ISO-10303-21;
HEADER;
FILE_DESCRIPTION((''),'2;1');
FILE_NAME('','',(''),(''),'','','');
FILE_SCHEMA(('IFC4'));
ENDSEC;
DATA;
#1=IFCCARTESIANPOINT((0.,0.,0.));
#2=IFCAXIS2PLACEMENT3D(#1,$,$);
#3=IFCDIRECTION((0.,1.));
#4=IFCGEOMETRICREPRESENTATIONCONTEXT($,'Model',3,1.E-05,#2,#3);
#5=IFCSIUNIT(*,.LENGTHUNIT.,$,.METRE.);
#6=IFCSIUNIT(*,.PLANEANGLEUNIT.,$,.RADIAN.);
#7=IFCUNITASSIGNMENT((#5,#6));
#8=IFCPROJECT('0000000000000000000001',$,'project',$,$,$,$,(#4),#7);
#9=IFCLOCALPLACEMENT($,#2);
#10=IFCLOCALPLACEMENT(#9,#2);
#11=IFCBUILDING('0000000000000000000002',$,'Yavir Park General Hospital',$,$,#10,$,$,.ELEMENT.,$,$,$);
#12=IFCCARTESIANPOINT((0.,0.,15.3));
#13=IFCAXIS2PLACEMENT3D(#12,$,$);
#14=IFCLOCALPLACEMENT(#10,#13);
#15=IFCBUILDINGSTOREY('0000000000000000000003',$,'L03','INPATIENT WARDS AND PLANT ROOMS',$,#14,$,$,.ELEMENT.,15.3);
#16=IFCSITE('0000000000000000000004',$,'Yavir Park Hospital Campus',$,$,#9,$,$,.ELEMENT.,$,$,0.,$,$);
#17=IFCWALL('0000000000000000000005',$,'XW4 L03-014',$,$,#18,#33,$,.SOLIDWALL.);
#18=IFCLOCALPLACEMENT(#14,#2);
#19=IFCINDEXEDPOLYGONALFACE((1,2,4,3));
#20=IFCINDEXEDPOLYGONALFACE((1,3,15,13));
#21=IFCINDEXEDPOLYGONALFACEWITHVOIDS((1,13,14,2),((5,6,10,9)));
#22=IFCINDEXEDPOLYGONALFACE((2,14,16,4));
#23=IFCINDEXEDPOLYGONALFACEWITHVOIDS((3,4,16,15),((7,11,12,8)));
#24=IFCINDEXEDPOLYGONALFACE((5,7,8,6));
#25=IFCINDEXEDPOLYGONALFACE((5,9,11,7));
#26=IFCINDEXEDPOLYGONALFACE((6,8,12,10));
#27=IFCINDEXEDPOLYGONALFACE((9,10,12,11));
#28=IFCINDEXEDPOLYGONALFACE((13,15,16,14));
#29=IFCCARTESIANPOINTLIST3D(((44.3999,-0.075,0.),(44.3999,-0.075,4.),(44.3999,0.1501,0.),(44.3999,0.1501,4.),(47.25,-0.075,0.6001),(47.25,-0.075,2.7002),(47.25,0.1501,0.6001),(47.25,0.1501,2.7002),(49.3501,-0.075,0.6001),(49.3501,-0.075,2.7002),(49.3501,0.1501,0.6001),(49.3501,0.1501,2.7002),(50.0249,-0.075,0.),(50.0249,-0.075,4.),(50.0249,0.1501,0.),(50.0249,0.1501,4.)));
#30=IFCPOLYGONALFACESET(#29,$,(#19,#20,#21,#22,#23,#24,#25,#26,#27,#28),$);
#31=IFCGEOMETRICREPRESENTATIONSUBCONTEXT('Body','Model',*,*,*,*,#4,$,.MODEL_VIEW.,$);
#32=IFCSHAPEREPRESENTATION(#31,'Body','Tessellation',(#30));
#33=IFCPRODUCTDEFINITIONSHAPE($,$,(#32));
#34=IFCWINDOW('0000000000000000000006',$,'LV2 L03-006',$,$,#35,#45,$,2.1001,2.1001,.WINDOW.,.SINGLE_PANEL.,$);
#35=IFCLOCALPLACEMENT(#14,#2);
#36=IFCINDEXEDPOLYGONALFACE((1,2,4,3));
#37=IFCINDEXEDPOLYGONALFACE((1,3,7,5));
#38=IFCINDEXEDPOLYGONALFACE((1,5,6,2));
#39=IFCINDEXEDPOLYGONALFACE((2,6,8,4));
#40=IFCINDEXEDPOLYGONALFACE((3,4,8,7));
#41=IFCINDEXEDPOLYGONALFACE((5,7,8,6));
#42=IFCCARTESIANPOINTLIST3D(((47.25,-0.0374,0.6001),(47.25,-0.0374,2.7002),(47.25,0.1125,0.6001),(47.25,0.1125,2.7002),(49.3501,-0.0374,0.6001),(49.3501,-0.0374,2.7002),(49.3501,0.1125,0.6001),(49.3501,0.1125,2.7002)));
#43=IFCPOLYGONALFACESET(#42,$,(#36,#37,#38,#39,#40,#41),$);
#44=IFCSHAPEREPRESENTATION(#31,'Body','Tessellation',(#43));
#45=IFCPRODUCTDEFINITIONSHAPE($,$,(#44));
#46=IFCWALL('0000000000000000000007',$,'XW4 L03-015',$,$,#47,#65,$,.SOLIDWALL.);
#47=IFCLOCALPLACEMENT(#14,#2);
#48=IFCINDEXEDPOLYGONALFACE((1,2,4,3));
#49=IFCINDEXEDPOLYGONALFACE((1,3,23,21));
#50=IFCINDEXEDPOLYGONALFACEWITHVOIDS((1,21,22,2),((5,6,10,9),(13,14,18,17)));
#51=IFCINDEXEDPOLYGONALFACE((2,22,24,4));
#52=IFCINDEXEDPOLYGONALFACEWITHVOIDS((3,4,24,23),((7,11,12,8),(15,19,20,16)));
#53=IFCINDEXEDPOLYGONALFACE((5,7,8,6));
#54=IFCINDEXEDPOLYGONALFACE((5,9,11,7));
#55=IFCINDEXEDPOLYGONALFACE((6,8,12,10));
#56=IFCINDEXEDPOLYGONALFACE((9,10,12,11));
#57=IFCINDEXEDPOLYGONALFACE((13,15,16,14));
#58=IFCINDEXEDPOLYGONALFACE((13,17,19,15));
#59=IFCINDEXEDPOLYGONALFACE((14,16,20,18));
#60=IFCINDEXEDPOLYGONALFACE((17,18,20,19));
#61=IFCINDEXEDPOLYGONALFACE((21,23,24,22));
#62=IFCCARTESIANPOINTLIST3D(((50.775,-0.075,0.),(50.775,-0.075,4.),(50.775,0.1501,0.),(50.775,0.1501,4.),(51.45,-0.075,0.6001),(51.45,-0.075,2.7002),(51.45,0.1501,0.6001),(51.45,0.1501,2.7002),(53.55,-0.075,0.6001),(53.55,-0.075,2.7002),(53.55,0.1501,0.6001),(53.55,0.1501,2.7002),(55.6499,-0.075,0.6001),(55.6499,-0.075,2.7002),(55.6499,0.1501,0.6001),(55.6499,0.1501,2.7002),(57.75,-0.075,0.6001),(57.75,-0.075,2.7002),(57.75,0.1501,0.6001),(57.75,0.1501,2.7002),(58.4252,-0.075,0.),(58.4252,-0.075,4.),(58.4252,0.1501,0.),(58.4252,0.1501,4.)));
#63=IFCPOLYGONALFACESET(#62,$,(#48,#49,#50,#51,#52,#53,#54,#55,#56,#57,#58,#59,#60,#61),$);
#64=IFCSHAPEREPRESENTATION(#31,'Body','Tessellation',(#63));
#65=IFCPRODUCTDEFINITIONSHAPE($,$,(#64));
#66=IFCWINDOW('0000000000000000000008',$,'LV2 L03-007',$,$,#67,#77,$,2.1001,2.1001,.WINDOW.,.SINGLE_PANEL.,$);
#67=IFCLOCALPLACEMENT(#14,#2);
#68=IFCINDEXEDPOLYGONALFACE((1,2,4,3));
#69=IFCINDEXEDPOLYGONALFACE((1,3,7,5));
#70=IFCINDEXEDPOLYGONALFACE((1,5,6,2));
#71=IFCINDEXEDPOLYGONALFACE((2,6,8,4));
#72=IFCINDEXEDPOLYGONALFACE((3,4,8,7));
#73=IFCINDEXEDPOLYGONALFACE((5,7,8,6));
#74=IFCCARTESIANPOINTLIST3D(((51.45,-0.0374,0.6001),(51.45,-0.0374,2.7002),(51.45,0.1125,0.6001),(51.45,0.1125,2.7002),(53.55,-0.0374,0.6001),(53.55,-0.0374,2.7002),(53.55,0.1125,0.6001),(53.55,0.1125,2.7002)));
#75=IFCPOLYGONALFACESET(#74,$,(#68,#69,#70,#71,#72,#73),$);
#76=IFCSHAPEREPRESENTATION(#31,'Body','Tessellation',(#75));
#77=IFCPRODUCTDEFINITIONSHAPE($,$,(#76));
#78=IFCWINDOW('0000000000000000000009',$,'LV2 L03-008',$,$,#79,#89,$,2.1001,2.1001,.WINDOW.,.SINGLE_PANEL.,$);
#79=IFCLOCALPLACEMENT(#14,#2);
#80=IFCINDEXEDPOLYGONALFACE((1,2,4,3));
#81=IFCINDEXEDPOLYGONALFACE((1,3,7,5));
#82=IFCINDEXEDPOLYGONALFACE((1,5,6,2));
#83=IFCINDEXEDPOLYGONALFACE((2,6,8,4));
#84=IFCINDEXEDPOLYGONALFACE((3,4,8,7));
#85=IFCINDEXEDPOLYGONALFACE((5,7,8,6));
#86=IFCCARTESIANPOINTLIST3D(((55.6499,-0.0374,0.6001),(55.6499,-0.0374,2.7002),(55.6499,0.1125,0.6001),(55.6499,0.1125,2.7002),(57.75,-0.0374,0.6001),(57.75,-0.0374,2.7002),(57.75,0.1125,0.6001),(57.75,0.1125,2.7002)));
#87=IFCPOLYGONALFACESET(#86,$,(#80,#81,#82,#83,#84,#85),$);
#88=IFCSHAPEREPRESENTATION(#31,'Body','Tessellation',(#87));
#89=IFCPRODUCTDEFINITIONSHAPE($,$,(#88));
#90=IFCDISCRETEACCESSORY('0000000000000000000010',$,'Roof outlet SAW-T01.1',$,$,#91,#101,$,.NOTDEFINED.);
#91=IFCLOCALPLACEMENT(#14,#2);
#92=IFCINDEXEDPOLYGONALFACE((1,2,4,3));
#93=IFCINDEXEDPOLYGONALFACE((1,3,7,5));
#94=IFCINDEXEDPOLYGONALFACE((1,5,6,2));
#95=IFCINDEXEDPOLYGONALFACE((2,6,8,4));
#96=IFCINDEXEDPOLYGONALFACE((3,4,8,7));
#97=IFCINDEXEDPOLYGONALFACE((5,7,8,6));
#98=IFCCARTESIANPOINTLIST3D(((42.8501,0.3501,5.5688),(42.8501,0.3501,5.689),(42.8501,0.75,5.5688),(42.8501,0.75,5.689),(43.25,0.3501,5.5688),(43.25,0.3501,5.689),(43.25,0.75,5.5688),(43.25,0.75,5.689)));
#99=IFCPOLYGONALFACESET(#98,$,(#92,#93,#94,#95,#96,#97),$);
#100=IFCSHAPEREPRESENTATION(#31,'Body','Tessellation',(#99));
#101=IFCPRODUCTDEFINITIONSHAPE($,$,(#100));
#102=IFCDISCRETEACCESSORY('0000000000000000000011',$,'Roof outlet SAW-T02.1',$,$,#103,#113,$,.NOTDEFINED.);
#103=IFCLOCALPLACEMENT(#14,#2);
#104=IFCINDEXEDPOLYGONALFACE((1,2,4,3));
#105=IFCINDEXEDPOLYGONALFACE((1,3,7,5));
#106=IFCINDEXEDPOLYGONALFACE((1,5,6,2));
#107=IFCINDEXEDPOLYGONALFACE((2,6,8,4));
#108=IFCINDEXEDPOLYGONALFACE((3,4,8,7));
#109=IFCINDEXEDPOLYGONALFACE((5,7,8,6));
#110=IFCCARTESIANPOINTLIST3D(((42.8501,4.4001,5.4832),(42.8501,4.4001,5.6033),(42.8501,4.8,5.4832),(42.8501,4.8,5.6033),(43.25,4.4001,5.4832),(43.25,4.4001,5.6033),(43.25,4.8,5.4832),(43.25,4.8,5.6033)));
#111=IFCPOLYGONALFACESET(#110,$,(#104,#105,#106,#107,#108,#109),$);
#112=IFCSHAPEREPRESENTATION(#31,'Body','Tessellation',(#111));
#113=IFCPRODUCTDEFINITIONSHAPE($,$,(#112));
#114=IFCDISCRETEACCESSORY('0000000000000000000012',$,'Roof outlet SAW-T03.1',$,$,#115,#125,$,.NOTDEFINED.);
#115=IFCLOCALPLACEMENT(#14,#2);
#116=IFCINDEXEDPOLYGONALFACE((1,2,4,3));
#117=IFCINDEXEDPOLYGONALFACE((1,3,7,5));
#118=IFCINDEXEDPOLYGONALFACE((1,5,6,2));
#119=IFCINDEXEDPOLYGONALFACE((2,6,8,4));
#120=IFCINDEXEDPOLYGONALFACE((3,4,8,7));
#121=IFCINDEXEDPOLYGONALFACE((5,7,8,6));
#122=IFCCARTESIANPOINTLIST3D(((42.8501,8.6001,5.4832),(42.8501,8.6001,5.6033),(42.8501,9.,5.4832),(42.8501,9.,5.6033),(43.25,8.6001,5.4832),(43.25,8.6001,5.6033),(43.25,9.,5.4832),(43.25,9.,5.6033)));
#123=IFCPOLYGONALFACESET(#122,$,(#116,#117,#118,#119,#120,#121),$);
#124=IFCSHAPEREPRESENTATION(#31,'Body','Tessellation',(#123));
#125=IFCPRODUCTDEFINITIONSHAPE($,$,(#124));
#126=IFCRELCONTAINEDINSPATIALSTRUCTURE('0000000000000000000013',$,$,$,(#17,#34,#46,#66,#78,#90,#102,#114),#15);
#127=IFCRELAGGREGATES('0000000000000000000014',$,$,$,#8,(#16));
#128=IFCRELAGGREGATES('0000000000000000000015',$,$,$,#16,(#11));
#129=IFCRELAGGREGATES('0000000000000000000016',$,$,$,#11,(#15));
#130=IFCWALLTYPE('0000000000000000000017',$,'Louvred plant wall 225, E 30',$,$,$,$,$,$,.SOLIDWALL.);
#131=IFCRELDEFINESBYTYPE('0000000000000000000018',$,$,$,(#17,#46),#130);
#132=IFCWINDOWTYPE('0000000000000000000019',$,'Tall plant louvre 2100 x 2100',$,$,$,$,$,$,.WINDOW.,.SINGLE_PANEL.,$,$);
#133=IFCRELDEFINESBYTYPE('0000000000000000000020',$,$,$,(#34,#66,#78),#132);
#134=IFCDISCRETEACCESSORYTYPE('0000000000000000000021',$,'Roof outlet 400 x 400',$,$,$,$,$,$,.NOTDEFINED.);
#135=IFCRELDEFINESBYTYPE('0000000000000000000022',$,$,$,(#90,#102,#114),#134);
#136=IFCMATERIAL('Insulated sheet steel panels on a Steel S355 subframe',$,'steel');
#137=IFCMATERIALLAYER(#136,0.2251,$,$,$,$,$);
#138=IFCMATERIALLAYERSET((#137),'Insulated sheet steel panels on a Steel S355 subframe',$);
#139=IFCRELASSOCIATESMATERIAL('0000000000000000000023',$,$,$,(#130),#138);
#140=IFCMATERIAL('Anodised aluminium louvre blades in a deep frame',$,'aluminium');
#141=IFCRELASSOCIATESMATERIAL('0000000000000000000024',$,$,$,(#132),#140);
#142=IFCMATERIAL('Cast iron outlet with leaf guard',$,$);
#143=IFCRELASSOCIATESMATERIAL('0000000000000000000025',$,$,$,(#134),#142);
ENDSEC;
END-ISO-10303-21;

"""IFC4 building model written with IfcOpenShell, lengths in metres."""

from ifc_helpers import new_model, si_unit, direction, frame, frame_2d, origin, origin_2d, place, context, subcontext, project, spatial, rectangle, extrude, material, layer, layer_set, type_object, element, fill, save


model = new_model("IFC4")

# Units and contexts
model_context = context("Model", 3, precision=1e-05, world=origin(), true_north=direction((0.0, 1.0)))
body_context = subcontext(model_context, "Body", "Model", "MODEL_VIEW")
ifc_project = project(units=[si_unit("LENGTHUNIT", "METRE"), si_unit("PLANEANGLEUNIT", "RADIAN")], contexts=[model_context])

# Site, building, storey
site_placement = place(None, origin())
site = spatial("IfcSite", under=ifc_project, at=site_placement, Name="Yavir Park Hospital Campus", CompositionType="ELEMENT", RefElevation=0.0)
building_placement = place(site_placement, origin())
building = spatial("IfcBuilding", under=site, at=building_placement, Name="Yavir Park General Hospital", CompositionType="ELEMENT")
storey_placement = place(building_placement, frame((0.0, 0.0, 15.3)))
storey = spatial("IfcBuildingStorey", under=building, at=storey_placement, Name="L03", Description="INPATIENT WARDS AND PLANT ROOMS", CompositionType="ELEMENT", Elevation=15.3)

# Wall, opening, window
ifc_material_1 = material(Name="Insulated sheet steel panels on a Steel S355 subframe", Category="steel")
ifc_layer_1 = layer(ifc_material_1, 0.2251)
ifc_layer_set_1 = layer_set([ifc_layer_1], Name="Insulated sheet steel panels on a Steel S355 subframe")
wall_type_1 = type_object("IfcWallType", Name="Louvred plant wall 225, E 30", PredefinedType="SOLIDWALL", material=ifc_layer_set_1)
wall_1_placement = place(storey_placement, frame((44.3999, 0.0376, 0.0), z_axis=(0.0, 0.0, 1.0), x_axis=(1.0, 0.0, 0.0)))
wall_1 = element("IfcWall", 1, at=wall_1_placement, inside=storey, type_object=wall_type_1, Name="XW4 L03-014", PredefinedType="SOLIDWALL", context=body_context, shape_type="SweptSolid", body=[
    extrude(rectangle(XDim=5.625, YDim=0.2251, at=frame_2d((2.8125, 0.0))), origin(), (0.0, 0.0, 1.0), 4.0),
])
opening_1_placement = place(wall_1_placement, frame((2.8501, 0.0, 0.6001)))
opening_1 = element("IfcOpeningElement", 2, at=opening_1_placement, cuts=wall_1, PredefinedType="OPENING", context=body_context, shape_type="SweptSolid", body=[
    extrude(rectangle(XDim=2.1001, YDim=2.1001, at=frame_2d((1.05, 1.05))), frame((0.0, 0.1226, 0.0), z_axis=(0.0, -1.0, 0.0), x_axis=(1.0, 0.0, 0.0)), (0.0, 0.0, 1.0), 0.2451),
])
ifc_material_2 = material(Name="Anodised aluminium louvre blades in a deep frame", Category="aluminium")
window_type = type_object("IfcWindowType", Name="Tall plant louvre 2100 x 2100", PartitioningType="SINGLE_PANEL", PredefinedType="WINDOW", material=ifc_material_2)
window_1_placement = place(opening_1_placement, origin())
window_1 = element("IfcWindow", 3, at=window_1_placement, inside=storey, type_object=window_type, Name="LV2 L03-006", OverallHeight=2.1001, OverallWidth=2.1001, PartitioningType="SINGLE_PANEL", PredefinedType="WINDOW", context=body_context, shape_type="SweptSolid", body=[
    extrude(rectangle(XDim=2.1001, YDim=2.1001, at=frame_2d((1.05, 1.05))), frame((0.0, 0.075, 0.0), z_axis=(0.0, -1.0, 0.0), x_axis=(1.0, 0.0, 0.0)), (0.0, 0.0, 1.0), 0.1499),
])
fill(opening_1, window_1)

# Wall, openings, windows
wall_2_placement = place(storey_placement, frame((50.7749, 0.0376, 0.0), z_axis=(0.0, 0.0, 1.0), x_axis=(1.0, 0.0, 0.0)))
wall_2 = element("IfcWall", 4, at=wall_2_placement, inside=storey, type_object=wall_type_1, Name="XW4 L03-015", PredefinedType="SOLIDWALL", context=body_context, shape_type="SweptSolid", body=[
    extrude(rectangle(XDim=7.6501, YDim=0.2251, at=frame_2d((3.8252, 0.0))), origin(), (0.0, 0.0, 1.0), 4.0),
])
opening_2_placement = place(wall_2_placement, frame((0.675, 0.0, 0.6001)))
opening_2 = element("IfcOpeningElement", 5, at=opening_2_placement, cuts=wall_2, PredefinedType="OPENING", context=body_context, shape_type="SweptSolid", body=[
    extrude(rectangle(XDim=2.1001, YDim=2.1001, at=frame_2d((1.05, 1.05))), frame((0.0, 0.1226, 0.0), z_axis=(0.0, -1.0, 0.0), x_axis=(1.0, 0.0, 0.0)), (0.0, 0.0, 1.0), 0.2451),
])
opening_3_placement = place(wall_2_placement, frame((4.875, 0.0, 0.6001)))
opening_3 = element("IfcOpeningElement", 6, at=opening_3_placement, cuts=wall_2, PredefinedType="OPENING", context=body_context, shape_type="SweptSolid", body=[
    extrude(rectangle(XDim=2.1001, YDim=2.1001, at=frame_2d((1.05, 1.05))), frame((0.0, 0.1226, 0.0), z_axis=(0.0, -1.0, 0.0), x_axis=(1.0, 0.0, 0.0)), (0.0, 0.0, 1.0), 0.2451),
])
window_2_placement = place(opening_2_placement, origin())
window_2 = element("IfcWindow", 7, at=window_2_placement, inside=storey, type_object=window_type, Name="LV2 L03-007", OverallHeight=2.1001, OverallWidth=2.1001, PartitioningType="SINGLE_PANEL", PredefinedType="WINDOW", context=body_context, shape_type="SweptSolid", body=[
    extrude(rectangle(XDim=2.1001, YDim=2.1001, at=frame_2d((1.05, 1.05))), frame((0.0, 0.075, 0.0), z_axis=(0.0, -1.0, 0.0), x_axis=(1.0, 0.0, 0.0)), (0.0, 0.0, 1.0), 0.1499),
])
fill(opening_2, window_2)
window_3_placement = place(opening_3_placement, origin())
window_3 = element("IfcWindow", 8, at=window_3_placement, inside=storey, type_object=window_type, Name="LV2 L03-008", OverallHeight=2.1001, OverallWidth=2.1001, PartitioningType="SINGLE_PANEL", PredefinedType="WINDOW", context=body_context, shape_type="SweptSolid", body=[
    extrude(rectangle(XDim=2.1001, YDim=2.1001, at=frame_2d((1.05, 1.05))), frame((0.0, 0.075, 0.0), z_axis=(0.0, -1.0, 0.0), x_axis=(1.0, 0.0, 0.0)), (0.0, 0.0, 1.0), 0.1499),
])
fill(opening_3, window_3)

# Discrete accessories
ifc_material_3 = material(Name="Cast iron outlet with leaf guard")
discrete_accessory_type_1 = type_object("IfcDiscreteAccessoryType", Name="Roof outlet 400 x 400", PredefinedType="NOTDEFINED", material=ifc_material_3)
for number, where, z_axis, x_axis, name in (
    (9, (43.05, 0.55, 5.5688), (0.0, 0.0, 1.0), (1.0, 0.0, 0.0), "Roof outlet SAW-T01.1"),
    (10, (43.05, 4.6001, 5.4832), (0.0, 0.0, 1.0), (1.0, 0.0, 0.0), "Roof outlet SAW-T02.1"),
    (11, (43.05, 8.8, 5.4832), (0.0, 0.0, 1.0), (1.0, 0.0, 0.0), "Roof outlet SAW-T03.1"),
):
    element("IfcDiscreteAccessory", number, at=place(storey_placement, frame(where, z_axis=z_axis, x_axis=x_axis)), inside=storey, type_object=discrete_accessory_type_1, Name=name, PredefinedType="NOTDEFINED", context=body_context, shape_type="SweptSolid", body=[
        extrude(rectangle(XDim=0.3999, YDim=0.3999, at=origin_2d()), origin(), (0.0, 0.0, 1.0), 0.1201),
    ])

save(model, "model.ifc")
